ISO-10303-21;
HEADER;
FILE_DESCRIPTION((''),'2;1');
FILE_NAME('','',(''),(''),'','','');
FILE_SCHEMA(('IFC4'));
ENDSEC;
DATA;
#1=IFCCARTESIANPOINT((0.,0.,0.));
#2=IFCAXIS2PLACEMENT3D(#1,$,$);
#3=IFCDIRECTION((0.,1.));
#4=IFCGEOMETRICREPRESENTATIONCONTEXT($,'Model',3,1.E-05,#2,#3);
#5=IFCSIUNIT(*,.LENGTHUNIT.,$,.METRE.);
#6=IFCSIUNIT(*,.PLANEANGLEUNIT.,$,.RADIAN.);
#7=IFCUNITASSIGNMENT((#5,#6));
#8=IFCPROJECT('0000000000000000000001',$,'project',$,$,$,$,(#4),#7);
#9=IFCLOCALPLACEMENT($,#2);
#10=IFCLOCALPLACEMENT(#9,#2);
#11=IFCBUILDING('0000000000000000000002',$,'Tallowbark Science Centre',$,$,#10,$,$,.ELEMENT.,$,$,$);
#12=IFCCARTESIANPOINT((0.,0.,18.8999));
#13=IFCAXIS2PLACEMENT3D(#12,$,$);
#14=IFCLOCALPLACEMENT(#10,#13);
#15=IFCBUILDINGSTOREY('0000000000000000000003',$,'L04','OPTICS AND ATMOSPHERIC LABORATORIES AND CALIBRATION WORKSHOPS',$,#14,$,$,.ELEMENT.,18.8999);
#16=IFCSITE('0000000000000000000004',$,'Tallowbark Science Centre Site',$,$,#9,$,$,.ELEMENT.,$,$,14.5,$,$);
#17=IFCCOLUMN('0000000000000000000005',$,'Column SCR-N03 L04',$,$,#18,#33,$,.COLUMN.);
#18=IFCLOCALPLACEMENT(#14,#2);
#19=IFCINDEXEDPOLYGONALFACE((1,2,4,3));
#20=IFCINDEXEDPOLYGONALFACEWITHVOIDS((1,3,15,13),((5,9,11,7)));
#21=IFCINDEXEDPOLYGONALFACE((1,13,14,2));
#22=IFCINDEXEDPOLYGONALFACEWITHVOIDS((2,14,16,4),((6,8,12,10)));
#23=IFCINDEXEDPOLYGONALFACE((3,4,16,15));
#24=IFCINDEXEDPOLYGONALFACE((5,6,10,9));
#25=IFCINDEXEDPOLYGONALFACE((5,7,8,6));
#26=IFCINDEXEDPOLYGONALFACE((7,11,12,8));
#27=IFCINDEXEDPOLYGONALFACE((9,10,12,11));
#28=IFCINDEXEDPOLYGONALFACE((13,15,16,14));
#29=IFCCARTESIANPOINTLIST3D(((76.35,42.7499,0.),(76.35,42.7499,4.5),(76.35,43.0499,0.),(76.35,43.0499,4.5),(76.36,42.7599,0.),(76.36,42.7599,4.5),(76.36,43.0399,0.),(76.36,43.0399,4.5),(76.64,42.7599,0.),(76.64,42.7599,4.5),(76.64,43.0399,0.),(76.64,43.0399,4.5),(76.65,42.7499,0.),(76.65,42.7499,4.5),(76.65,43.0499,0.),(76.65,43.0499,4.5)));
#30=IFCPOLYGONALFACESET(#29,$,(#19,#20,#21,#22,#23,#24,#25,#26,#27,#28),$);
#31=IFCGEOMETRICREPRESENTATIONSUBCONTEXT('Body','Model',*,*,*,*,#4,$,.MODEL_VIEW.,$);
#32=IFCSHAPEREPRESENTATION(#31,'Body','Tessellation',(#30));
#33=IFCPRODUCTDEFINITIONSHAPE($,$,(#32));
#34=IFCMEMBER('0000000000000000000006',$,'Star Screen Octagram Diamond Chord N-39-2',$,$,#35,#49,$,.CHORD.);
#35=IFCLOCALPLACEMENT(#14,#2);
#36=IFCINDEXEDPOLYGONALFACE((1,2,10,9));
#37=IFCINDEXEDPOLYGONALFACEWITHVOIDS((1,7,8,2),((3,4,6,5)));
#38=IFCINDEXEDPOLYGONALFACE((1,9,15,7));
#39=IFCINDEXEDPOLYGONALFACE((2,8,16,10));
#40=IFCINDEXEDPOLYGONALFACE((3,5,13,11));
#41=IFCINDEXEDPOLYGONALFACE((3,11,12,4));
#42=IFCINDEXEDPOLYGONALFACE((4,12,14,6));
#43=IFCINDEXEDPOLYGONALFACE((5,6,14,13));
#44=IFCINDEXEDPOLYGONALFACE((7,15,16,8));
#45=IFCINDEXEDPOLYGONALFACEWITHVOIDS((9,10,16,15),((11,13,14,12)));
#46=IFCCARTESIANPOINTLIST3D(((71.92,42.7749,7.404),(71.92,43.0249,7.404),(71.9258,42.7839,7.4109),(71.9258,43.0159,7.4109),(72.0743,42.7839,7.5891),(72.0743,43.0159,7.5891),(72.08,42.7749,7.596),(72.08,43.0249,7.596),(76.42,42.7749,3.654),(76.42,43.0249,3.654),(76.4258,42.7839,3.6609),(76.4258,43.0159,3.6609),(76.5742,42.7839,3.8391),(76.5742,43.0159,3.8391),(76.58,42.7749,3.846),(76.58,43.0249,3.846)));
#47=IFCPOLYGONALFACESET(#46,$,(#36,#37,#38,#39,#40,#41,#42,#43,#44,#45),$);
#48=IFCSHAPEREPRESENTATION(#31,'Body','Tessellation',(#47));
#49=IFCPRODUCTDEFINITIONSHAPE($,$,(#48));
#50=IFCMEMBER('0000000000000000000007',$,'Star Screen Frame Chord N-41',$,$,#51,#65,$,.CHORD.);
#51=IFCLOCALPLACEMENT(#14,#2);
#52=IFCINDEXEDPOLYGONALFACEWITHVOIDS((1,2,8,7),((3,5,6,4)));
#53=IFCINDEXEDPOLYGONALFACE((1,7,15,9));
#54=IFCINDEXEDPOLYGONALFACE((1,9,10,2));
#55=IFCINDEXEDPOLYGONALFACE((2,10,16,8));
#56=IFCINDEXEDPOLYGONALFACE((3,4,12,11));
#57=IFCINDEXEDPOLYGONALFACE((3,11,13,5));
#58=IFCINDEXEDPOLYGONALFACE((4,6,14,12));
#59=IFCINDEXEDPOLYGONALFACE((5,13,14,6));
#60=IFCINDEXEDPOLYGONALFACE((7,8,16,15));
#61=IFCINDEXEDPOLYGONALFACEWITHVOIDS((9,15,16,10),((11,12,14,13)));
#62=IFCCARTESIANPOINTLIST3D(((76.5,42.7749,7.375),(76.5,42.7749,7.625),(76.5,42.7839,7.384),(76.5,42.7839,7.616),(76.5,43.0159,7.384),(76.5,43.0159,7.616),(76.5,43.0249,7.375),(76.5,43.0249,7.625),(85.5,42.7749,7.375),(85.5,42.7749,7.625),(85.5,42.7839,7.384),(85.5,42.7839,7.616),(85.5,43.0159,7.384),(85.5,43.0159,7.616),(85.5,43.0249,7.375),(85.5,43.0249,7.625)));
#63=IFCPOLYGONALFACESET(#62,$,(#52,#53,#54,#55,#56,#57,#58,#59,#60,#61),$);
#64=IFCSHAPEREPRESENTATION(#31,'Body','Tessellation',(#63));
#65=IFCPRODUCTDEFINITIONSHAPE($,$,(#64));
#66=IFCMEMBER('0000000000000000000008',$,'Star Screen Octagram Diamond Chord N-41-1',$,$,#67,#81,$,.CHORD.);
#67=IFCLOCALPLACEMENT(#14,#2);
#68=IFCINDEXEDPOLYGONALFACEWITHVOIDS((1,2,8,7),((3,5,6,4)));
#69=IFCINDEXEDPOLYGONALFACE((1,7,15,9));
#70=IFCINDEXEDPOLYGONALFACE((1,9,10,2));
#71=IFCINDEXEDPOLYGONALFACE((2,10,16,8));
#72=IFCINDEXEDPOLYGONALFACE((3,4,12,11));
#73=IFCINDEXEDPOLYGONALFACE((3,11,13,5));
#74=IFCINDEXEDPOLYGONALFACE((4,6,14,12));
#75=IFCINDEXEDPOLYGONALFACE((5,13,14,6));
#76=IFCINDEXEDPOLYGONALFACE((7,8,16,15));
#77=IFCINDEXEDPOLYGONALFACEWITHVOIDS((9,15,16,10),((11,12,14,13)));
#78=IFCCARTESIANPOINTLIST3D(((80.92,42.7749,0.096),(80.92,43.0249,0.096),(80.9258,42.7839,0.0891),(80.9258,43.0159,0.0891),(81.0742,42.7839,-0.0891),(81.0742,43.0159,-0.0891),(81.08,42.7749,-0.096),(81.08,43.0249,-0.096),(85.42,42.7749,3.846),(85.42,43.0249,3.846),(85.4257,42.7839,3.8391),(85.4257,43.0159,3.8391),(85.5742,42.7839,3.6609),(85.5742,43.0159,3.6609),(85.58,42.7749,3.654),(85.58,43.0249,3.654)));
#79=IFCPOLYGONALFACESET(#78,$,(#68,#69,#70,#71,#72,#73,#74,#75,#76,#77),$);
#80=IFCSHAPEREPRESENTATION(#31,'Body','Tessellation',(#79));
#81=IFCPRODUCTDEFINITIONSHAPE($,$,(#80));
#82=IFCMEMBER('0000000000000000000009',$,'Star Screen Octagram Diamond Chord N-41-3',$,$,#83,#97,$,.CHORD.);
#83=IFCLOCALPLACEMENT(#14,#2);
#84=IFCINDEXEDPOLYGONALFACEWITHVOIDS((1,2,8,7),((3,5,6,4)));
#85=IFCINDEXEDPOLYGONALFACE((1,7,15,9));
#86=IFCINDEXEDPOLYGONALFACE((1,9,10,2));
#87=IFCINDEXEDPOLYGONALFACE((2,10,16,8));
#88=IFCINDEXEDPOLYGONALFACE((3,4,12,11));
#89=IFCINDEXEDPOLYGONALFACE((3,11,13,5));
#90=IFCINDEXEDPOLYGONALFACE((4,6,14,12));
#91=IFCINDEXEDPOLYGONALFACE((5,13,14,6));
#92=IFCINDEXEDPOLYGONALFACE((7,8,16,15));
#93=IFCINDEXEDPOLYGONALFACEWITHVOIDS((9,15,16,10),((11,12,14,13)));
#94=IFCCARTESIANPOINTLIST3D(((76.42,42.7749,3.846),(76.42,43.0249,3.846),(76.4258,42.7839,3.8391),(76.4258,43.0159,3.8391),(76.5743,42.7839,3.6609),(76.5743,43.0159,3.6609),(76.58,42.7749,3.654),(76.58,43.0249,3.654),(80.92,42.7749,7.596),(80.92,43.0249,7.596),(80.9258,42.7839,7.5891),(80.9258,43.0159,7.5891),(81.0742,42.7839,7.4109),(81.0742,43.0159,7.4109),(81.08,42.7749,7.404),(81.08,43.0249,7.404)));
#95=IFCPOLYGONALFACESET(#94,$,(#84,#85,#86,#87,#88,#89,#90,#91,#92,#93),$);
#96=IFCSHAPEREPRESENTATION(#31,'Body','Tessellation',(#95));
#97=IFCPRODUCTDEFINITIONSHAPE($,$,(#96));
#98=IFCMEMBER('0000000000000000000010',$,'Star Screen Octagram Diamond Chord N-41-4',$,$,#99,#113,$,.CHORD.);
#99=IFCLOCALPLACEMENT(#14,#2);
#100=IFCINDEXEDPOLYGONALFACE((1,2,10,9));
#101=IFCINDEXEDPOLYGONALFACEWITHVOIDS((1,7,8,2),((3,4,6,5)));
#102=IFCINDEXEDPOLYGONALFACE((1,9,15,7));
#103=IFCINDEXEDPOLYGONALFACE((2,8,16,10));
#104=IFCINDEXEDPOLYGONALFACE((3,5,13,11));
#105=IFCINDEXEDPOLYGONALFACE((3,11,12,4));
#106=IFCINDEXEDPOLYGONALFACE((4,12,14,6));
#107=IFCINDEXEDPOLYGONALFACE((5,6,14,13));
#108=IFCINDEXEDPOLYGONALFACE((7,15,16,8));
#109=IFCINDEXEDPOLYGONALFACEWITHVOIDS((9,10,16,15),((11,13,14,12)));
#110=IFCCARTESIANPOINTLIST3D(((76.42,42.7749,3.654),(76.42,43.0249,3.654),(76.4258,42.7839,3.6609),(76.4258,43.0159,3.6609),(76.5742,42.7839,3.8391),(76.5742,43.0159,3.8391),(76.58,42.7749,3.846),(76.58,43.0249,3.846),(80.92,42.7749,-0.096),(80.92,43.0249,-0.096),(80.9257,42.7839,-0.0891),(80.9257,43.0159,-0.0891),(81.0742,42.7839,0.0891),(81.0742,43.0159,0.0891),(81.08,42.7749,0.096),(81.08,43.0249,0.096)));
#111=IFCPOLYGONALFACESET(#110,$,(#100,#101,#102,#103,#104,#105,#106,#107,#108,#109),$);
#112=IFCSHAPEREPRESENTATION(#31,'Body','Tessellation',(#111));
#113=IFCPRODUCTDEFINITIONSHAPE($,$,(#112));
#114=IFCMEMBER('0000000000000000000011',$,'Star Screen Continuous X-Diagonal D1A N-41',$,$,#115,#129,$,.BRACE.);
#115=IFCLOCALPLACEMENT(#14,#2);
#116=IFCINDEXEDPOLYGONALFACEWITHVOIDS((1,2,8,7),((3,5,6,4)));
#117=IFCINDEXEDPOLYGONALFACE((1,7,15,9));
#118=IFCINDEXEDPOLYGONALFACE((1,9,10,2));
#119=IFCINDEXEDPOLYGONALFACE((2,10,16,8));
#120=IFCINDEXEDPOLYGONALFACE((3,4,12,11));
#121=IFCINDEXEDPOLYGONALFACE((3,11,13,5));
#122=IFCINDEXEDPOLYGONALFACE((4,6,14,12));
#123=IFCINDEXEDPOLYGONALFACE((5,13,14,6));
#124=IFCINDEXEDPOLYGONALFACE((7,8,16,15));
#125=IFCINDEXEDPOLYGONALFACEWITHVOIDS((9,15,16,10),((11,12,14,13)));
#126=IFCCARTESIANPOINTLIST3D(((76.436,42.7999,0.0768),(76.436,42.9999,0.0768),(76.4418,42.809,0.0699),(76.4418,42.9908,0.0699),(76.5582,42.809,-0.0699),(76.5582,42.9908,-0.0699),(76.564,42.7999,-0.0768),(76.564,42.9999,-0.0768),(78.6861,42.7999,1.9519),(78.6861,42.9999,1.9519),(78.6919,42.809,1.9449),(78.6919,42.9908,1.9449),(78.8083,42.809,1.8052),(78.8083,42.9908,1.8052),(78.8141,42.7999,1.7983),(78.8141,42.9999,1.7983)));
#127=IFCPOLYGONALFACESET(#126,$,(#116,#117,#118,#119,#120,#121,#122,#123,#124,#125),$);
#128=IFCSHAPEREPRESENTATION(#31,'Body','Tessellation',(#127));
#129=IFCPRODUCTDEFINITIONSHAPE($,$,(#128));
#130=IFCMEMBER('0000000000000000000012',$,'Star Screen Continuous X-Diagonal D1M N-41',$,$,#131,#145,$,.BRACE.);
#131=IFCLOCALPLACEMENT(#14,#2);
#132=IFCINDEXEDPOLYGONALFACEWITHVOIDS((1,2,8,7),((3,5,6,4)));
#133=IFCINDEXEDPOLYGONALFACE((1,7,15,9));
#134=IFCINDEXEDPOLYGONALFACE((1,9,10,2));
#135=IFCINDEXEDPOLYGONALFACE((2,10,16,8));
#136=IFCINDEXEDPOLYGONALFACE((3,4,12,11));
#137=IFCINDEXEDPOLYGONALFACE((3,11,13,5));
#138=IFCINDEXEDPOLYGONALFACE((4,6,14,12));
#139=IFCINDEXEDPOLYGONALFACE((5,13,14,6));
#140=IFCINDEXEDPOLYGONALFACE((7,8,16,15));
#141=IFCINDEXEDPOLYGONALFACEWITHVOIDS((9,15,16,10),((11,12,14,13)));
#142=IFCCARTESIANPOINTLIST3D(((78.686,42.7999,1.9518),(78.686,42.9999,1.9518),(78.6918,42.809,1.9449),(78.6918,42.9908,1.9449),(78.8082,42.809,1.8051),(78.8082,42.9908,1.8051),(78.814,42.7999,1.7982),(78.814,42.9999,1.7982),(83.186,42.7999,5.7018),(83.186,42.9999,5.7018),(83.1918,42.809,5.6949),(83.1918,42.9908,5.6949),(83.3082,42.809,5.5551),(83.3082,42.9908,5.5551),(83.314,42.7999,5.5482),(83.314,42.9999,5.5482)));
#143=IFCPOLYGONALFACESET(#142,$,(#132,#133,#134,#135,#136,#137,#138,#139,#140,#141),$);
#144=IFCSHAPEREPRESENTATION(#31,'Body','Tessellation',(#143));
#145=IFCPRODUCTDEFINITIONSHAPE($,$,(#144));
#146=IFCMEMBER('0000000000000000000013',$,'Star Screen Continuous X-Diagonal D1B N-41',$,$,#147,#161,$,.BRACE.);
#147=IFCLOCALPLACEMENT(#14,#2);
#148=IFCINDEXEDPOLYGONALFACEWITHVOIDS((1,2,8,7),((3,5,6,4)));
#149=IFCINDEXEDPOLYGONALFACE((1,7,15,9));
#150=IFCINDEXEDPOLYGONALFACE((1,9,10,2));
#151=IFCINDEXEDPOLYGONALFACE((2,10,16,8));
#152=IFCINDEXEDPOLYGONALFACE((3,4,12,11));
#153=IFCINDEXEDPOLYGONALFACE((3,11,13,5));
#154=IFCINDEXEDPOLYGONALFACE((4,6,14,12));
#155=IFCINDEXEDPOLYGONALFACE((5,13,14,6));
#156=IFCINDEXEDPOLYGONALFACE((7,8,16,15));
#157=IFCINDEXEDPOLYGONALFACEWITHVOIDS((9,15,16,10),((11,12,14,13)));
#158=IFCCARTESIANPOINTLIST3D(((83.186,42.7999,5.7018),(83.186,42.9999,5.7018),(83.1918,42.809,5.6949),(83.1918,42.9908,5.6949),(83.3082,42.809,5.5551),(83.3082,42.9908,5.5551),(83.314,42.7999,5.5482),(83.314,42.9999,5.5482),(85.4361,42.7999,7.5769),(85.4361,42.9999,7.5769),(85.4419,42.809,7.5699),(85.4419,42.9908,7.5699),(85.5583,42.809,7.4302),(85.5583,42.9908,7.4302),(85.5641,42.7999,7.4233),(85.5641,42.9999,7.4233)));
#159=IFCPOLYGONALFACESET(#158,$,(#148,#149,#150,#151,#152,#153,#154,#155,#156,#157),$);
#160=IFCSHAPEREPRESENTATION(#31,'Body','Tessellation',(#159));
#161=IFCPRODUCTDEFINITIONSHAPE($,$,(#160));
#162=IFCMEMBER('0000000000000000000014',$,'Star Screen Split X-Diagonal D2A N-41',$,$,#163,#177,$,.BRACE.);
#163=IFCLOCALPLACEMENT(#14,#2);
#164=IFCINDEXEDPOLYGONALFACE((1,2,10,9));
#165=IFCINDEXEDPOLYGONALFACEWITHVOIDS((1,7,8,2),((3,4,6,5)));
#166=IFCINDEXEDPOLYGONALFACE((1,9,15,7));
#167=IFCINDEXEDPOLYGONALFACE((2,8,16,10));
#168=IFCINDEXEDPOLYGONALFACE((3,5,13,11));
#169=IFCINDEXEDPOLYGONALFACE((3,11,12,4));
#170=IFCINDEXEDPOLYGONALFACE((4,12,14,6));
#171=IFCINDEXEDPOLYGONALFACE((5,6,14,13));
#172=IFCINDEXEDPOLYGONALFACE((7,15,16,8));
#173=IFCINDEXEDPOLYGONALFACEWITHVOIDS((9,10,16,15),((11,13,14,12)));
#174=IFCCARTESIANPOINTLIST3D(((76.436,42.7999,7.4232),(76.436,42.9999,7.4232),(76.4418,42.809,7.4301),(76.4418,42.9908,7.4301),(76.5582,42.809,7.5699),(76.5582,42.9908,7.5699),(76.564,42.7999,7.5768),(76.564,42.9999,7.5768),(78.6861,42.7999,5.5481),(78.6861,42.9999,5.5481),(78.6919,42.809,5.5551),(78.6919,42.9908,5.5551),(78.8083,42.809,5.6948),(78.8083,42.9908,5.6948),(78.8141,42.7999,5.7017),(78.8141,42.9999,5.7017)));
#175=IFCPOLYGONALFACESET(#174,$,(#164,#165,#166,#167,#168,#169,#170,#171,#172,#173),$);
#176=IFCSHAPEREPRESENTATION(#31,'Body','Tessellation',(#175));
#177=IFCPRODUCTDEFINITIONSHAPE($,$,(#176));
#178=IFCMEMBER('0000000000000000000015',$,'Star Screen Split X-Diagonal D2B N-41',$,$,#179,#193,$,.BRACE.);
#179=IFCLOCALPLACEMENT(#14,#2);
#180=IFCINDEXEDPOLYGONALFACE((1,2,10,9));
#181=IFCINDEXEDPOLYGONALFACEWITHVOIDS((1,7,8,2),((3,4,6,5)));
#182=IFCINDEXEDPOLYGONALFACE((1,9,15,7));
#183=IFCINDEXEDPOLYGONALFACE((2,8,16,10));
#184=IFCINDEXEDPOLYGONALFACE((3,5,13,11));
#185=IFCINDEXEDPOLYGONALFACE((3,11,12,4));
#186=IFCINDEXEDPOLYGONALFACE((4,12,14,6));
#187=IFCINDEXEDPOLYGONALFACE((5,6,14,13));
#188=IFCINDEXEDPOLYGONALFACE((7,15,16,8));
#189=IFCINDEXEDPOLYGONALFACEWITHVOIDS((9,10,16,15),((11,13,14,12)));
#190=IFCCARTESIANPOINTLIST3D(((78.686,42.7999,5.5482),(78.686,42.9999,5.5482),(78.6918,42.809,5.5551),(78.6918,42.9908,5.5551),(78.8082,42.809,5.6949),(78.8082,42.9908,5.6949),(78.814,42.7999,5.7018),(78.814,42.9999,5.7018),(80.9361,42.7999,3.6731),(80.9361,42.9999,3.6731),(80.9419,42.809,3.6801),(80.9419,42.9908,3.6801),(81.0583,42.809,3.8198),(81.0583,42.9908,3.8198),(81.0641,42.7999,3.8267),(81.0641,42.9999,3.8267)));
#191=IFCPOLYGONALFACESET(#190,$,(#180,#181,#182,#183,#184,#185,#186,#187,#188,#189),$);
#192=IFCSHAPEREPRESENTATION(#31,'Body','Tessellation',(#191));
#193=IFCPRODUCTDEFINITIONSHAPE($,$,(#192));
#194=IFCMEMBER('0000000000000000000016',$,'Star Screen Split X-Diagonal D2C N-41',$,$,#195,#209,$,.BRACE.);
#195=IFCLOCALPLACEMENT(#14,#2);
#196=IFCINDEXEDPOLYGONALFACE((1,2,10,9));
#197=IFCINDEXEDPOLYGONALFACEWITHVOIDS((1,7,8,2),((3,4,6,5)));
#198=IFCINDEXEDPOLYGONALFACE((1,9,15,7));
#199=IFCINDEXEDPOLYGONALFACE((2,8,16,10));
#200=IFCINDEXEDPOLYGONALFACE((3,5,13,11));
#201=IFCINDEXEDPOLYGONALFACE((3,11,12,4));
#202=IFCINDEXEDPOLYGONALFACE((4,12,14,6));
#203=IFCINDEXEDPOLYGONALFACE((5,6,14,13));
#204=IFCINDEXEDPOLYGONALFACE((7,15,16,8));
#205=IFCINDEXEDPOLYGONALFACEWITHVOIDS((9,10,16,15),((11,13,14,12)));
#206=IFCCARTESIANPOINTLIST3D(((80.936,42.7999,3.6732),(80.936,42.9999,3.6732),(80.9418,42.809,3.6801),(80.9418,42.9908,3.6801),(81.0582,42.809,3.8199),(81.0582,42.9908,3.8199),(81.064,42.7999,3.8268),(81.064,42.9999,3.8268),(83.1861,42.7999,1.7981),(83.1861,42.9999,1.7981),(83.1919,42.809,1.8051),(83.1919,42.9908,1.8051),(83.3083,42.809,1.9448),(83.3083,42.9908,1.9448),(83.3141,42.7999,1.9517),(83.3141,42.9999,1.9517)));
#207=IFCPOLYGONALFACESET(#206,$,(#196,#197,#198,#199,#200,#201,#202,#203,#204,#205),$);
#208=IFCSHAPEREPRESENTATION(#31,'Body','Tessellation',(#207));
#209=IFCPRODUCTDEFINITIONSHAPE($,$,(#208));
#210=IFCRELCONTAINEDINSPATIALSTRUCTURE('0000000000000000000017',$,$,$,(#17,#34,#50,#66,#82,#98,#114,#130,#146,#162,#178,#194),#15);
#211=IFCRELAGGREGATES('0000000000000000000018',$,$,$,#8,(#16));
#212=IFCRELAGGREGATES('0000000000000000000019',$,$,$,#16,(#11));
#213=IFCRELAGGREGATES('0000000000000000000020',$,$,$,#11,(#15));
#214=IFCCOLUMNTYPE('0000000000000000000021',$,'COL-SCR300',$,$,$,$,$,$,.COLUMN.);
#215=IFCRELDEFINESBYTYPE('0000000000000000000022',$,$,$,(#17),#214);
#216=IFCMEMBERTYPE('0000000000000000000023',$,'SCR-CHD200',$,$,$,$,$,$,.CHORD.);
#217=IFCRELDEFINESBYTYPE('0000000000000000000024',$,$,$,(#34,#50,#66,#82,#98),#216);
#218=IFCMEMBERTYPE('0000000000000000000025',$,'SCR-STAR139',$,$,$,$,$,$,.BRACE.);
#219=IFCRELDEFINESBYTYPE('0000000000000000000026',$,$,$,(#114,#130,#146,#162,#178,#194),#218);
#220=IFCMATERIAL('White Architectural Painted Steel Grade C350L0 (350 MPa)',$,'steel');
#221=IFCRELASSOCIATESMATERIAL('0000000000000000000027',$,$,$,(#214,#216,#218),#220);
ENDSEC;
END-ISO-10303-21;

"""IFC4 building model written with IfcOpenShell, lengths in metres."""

from ifc_helpers import new_model, si_unit, direction, frame, origin, origin_2d, place, context, subcontext, project, spatial, hollow_rectangle, extrude, material, material_profile, profile_set, type_object, element, save


model = new_model("IFC4")

# Units and contexts
model_context = context("Model", 3, precision=1e-05, world=origin(), true_north=direction((0.0, 1.0)))
body_context = subcontext(model_context, "Body", "Model", "MODEL_VIEW")
ifc_project = project(units=[si_unit("LENGTHUNIT", "METRE"), si_unit("PLANEANGLEUNIT", "RADIAN")], contexts=[model_context])

# Site, building, storey
site_placement = place(None, origin())
site = spatial("IfcSite", under=ifc_project, at=site_placement, Name="Tallowbark Science Centre Site", CompositionType="ELEMENT", RefElevation=14.5)
building_placement = place(site_placement, origin())
building = spatial("IfcBuilding", under=site, at=building_placement, Name="Tallowbark Science Centre", CompositionType="ELEMENT")
storey_placement = place(building_placement, frame((0.0, 0.0, 18.8999)))
storey = spatial("IfcBuildingStorey", under=building, at=storey_placement, Name="L04", Description="OPTICS AND ATMOSPHERIC LABORATORIES AND CALIBRATION WORKSHOPS", CompositionType="ELEMENT", Elevation=18.8999)

# Column
ifc_material_1 = material(Name="White Architectural Painted Steel Grade C350L0 (350 MPa)", Category="steel")
ifc_material_profile_1 = material_profile(ifc_material_1, hollow_rectangle(XDim=0.3, YDim=0.3, WallThickness=0.01, at=origin_2d()), Name="300x300x10.0SHS")
ifc_profile_set_1 = profile_set([ifc_material_profile_1], Name="White Architectural Painted Steel Grade C350L0 (350 MPa)")
column_type = type_object("IfcColumnType", Name="COL-SCR300", PredefinedType="COLUMN", material=ifc_profile_set_1)
column_placement = place(storey_placement, frame((76.5, 42.8999, 0.0), z_axis=(0.0, 0.0, 1.0), x_axis=(1.0, 0.0, 0.0)))
element("IfcColumn", 1, at=column_placement, inside=storey, type_object=column_type, Name="Column SCR-N03 L04", PredefinedType="COLUMN", context=body_context, shape_type="SweptSolid", body=[
    extrude(hollow_rectangle(XDim=0.3, YDim=0.3, WallThickness=0.01, at=origin_2d()), origin(), (0.0, 0.0, 1.0), 4.5),
])

# Members
ifc_material_profile_2 = material_profile(ifc_material_1, hollow_rectangle(XDim=0.25, YDim=0.25, WallThickness=0.009, at=origin_2d()), Name="250x250x9.0SHS")
ifc_profile_set_2 = profile_set([ifc_material_profile_2], Name="White Architectural Painted Steel Grade C350L0 (350 MPa)")
member_type_1 = type_object("IfcMemberType", Name="SCR-CHD200", PredefinedType="CHORD", material=ifc_profile_set_2)
member_1_placement = place(storey_placement, frame((76.5, 42.8999, 3.75), z_axis=(-0.768221, 0.0, 0.640184), x_axis=(0.0, -1.0, 0.0)))
element("IfcMember", 2, at=member_1_placement, inside=storey, type_object=member_type_1, Name="Star Screen Octagram Diamond Chord N-39-2", PredefinedType="CHORD", context=body_context, shape_type="SweptSolid", body=[
    extrude(hollow_rectangle(XDim=0.25, YDim=0.25, WallThickness=0.009, at=origin_2d()), origin(), (0.0, 0.0, 1.0), 5.8577),
])
member_2_placement = place(storey_placement, frame((76.5, 42.8999, 7.5), z_axis=(1.0, 0.0, 0.0), x_axis=(0.0, 1.0, 0.0)))
element("IfcMember", 3, at=member_2_placement, inside=storey, type_object=member_type_1, Name="Star Screen Frame Chord N-41", PredefinedType="CHORD", context=body_context, shape_type="SweptSolid", body=[
    extrude(hollow_rectangle(XDim=0.25, YDim=0.25, WallThickness=0.009, at=origin_2d()), origin(), (0.0, 0.0, 1.0), 9.0),
])
for number, where, z_axis, x_axis, name in (
    (4, (81.0, 42.8999, 0.0), (0.768221, 0.0, 0.640184), (0.0, 1.0, 0.0), "Star Screen Octagram Diamond Chord N-41-1"),
    (5, (81.0, 42.8999, 7.5), (-0.768221, 0.0, -0.640184), (0.0, -1.0, 0.0), "Star Screen Octagram Diamond Chord N-41-3"),
    (6, (76.5, 42.8999, 3.75), (0.768221, 0.0, -0.640184), (0.0, 1.0, 0.0), "Star Screen Octagram Diamond Chord N-41-4"),
):
    element("IfcMember", number, at=place(storey_placement, frame(where, z_axis=z_axis, x_axis=x_axis)), inside=storey, type_object=member_type_1, Name=name, PredefinedType="CHORD", context=body_context, shape_type="SweptSolid", body=[
        extrude(hollow_rectangle(XDim=0.25, YDim=0.25, WallThickness=0.009, at=origin_2d()), origin(), (0.0, 0.0, 1.0), 5.8577),
    ])
ifc_material_profile_3 = material_profile(ifc_material_1, hollow_rectangle(XDim=0.2, YDim=0.2, WallThickness=0.009, at=origin_2d()), Name="200x200x9.0SHS")
ifc_profile_set_3 = profile_set([ifc_material_profile_3], Name="White Architectural Painted Steel Grade C350L0 (350 MPa)")
member_type_2 = type_object("IfcMemberType", Name="SCR-STAR139", PredefinedType="BRACE", material=ifc_profile_set_3)
member_3_placement = place(storey_placement, frame((76.5, 42.8999, 0.0), z_axis=(0.768221, 0.0, 0.640184), x_axis=(0.0, 1.0, 0.0)))
element("IfcMember", 7, at=member_3_placement, inside=storey, type_object=member_type_2, Name="Star Screen Continuous X-Diagonal D1A N-41", PredefinedType="BRACE", context=body_context, shape_type="SweptSolid", body=[
    extrude(hollow_rectangle(XDim=0.2, YDim=0.2, WallThickness=0.009, at=origin_2d()), origin(), (0.0, 0.0, 1.0), 2.929),
])
member_4_placement = place(storey_placement, frame((78.75, 42.8999, 1.875), z_axis=(0.768221, 0.0, 0.640184), x_axis=(0.0, 1.0, 0.0)))
element("IfcMember", 8, at=member_4_placement, inside=storey, type_object=member_type_2, Name="Star Screen Continuous X-Diagonal D1M N-41", PredefinedType="BRACE", context=body_context, shape_type="SweptSolid", body=[
    extrude(hollow_rectangle(XDim=0.2, YDim=0.2, WallThickness=0.009, at=origin_2d()), origin(), (0.0, 0.0, 1.0), 5.8577),
])
for number, where, z_axis, x_axis, name in (
    (9, (83.25, 42.8999, 5.625), (0.768221, 0.0, 0.640184), (0.0, 1.0, 0.0), "Star Screen Continuous X-Diagonal D1B N-41"),
    (10, (76.5, 42.8999, 7.5), (0.768221, 0.0, -0.640184), (0.0, 1.0, 0.0), "Star Screen Split X-Diagonal D2A N-41"),
    (11, (78.75, 42.8999, 5.625), (0.768221, 0.0, -0.640184), (0.0, 1.0, 0.0), "Star Screen Split X-Diagonal D2B N-41"),
    (12, (81.0, 42.8999, 3.75), (0.768221, 0.0, -0.640184), (0.0, 1.0, 0.0), "Star Screen Split X-Diagonal D2C N-41"),
):
    element("IfcMember", number, at=place(storey_placement, frame(where, z_axis=z_axis, x_axis=x_axis)), inside=storey, type_object=member_type_2, Name=name, PredefinedType="BRACE", context=body_context, shape_type="SweptSolid", body=[
        extrude(hollow_rectangle(XDim=0.2, YDim=0.2, WallThickness=0.009, at=origin_2d()), origin(), (0.0, 0.0, 1.0), 2.929),
    ])

save(model, "model.ifc")
